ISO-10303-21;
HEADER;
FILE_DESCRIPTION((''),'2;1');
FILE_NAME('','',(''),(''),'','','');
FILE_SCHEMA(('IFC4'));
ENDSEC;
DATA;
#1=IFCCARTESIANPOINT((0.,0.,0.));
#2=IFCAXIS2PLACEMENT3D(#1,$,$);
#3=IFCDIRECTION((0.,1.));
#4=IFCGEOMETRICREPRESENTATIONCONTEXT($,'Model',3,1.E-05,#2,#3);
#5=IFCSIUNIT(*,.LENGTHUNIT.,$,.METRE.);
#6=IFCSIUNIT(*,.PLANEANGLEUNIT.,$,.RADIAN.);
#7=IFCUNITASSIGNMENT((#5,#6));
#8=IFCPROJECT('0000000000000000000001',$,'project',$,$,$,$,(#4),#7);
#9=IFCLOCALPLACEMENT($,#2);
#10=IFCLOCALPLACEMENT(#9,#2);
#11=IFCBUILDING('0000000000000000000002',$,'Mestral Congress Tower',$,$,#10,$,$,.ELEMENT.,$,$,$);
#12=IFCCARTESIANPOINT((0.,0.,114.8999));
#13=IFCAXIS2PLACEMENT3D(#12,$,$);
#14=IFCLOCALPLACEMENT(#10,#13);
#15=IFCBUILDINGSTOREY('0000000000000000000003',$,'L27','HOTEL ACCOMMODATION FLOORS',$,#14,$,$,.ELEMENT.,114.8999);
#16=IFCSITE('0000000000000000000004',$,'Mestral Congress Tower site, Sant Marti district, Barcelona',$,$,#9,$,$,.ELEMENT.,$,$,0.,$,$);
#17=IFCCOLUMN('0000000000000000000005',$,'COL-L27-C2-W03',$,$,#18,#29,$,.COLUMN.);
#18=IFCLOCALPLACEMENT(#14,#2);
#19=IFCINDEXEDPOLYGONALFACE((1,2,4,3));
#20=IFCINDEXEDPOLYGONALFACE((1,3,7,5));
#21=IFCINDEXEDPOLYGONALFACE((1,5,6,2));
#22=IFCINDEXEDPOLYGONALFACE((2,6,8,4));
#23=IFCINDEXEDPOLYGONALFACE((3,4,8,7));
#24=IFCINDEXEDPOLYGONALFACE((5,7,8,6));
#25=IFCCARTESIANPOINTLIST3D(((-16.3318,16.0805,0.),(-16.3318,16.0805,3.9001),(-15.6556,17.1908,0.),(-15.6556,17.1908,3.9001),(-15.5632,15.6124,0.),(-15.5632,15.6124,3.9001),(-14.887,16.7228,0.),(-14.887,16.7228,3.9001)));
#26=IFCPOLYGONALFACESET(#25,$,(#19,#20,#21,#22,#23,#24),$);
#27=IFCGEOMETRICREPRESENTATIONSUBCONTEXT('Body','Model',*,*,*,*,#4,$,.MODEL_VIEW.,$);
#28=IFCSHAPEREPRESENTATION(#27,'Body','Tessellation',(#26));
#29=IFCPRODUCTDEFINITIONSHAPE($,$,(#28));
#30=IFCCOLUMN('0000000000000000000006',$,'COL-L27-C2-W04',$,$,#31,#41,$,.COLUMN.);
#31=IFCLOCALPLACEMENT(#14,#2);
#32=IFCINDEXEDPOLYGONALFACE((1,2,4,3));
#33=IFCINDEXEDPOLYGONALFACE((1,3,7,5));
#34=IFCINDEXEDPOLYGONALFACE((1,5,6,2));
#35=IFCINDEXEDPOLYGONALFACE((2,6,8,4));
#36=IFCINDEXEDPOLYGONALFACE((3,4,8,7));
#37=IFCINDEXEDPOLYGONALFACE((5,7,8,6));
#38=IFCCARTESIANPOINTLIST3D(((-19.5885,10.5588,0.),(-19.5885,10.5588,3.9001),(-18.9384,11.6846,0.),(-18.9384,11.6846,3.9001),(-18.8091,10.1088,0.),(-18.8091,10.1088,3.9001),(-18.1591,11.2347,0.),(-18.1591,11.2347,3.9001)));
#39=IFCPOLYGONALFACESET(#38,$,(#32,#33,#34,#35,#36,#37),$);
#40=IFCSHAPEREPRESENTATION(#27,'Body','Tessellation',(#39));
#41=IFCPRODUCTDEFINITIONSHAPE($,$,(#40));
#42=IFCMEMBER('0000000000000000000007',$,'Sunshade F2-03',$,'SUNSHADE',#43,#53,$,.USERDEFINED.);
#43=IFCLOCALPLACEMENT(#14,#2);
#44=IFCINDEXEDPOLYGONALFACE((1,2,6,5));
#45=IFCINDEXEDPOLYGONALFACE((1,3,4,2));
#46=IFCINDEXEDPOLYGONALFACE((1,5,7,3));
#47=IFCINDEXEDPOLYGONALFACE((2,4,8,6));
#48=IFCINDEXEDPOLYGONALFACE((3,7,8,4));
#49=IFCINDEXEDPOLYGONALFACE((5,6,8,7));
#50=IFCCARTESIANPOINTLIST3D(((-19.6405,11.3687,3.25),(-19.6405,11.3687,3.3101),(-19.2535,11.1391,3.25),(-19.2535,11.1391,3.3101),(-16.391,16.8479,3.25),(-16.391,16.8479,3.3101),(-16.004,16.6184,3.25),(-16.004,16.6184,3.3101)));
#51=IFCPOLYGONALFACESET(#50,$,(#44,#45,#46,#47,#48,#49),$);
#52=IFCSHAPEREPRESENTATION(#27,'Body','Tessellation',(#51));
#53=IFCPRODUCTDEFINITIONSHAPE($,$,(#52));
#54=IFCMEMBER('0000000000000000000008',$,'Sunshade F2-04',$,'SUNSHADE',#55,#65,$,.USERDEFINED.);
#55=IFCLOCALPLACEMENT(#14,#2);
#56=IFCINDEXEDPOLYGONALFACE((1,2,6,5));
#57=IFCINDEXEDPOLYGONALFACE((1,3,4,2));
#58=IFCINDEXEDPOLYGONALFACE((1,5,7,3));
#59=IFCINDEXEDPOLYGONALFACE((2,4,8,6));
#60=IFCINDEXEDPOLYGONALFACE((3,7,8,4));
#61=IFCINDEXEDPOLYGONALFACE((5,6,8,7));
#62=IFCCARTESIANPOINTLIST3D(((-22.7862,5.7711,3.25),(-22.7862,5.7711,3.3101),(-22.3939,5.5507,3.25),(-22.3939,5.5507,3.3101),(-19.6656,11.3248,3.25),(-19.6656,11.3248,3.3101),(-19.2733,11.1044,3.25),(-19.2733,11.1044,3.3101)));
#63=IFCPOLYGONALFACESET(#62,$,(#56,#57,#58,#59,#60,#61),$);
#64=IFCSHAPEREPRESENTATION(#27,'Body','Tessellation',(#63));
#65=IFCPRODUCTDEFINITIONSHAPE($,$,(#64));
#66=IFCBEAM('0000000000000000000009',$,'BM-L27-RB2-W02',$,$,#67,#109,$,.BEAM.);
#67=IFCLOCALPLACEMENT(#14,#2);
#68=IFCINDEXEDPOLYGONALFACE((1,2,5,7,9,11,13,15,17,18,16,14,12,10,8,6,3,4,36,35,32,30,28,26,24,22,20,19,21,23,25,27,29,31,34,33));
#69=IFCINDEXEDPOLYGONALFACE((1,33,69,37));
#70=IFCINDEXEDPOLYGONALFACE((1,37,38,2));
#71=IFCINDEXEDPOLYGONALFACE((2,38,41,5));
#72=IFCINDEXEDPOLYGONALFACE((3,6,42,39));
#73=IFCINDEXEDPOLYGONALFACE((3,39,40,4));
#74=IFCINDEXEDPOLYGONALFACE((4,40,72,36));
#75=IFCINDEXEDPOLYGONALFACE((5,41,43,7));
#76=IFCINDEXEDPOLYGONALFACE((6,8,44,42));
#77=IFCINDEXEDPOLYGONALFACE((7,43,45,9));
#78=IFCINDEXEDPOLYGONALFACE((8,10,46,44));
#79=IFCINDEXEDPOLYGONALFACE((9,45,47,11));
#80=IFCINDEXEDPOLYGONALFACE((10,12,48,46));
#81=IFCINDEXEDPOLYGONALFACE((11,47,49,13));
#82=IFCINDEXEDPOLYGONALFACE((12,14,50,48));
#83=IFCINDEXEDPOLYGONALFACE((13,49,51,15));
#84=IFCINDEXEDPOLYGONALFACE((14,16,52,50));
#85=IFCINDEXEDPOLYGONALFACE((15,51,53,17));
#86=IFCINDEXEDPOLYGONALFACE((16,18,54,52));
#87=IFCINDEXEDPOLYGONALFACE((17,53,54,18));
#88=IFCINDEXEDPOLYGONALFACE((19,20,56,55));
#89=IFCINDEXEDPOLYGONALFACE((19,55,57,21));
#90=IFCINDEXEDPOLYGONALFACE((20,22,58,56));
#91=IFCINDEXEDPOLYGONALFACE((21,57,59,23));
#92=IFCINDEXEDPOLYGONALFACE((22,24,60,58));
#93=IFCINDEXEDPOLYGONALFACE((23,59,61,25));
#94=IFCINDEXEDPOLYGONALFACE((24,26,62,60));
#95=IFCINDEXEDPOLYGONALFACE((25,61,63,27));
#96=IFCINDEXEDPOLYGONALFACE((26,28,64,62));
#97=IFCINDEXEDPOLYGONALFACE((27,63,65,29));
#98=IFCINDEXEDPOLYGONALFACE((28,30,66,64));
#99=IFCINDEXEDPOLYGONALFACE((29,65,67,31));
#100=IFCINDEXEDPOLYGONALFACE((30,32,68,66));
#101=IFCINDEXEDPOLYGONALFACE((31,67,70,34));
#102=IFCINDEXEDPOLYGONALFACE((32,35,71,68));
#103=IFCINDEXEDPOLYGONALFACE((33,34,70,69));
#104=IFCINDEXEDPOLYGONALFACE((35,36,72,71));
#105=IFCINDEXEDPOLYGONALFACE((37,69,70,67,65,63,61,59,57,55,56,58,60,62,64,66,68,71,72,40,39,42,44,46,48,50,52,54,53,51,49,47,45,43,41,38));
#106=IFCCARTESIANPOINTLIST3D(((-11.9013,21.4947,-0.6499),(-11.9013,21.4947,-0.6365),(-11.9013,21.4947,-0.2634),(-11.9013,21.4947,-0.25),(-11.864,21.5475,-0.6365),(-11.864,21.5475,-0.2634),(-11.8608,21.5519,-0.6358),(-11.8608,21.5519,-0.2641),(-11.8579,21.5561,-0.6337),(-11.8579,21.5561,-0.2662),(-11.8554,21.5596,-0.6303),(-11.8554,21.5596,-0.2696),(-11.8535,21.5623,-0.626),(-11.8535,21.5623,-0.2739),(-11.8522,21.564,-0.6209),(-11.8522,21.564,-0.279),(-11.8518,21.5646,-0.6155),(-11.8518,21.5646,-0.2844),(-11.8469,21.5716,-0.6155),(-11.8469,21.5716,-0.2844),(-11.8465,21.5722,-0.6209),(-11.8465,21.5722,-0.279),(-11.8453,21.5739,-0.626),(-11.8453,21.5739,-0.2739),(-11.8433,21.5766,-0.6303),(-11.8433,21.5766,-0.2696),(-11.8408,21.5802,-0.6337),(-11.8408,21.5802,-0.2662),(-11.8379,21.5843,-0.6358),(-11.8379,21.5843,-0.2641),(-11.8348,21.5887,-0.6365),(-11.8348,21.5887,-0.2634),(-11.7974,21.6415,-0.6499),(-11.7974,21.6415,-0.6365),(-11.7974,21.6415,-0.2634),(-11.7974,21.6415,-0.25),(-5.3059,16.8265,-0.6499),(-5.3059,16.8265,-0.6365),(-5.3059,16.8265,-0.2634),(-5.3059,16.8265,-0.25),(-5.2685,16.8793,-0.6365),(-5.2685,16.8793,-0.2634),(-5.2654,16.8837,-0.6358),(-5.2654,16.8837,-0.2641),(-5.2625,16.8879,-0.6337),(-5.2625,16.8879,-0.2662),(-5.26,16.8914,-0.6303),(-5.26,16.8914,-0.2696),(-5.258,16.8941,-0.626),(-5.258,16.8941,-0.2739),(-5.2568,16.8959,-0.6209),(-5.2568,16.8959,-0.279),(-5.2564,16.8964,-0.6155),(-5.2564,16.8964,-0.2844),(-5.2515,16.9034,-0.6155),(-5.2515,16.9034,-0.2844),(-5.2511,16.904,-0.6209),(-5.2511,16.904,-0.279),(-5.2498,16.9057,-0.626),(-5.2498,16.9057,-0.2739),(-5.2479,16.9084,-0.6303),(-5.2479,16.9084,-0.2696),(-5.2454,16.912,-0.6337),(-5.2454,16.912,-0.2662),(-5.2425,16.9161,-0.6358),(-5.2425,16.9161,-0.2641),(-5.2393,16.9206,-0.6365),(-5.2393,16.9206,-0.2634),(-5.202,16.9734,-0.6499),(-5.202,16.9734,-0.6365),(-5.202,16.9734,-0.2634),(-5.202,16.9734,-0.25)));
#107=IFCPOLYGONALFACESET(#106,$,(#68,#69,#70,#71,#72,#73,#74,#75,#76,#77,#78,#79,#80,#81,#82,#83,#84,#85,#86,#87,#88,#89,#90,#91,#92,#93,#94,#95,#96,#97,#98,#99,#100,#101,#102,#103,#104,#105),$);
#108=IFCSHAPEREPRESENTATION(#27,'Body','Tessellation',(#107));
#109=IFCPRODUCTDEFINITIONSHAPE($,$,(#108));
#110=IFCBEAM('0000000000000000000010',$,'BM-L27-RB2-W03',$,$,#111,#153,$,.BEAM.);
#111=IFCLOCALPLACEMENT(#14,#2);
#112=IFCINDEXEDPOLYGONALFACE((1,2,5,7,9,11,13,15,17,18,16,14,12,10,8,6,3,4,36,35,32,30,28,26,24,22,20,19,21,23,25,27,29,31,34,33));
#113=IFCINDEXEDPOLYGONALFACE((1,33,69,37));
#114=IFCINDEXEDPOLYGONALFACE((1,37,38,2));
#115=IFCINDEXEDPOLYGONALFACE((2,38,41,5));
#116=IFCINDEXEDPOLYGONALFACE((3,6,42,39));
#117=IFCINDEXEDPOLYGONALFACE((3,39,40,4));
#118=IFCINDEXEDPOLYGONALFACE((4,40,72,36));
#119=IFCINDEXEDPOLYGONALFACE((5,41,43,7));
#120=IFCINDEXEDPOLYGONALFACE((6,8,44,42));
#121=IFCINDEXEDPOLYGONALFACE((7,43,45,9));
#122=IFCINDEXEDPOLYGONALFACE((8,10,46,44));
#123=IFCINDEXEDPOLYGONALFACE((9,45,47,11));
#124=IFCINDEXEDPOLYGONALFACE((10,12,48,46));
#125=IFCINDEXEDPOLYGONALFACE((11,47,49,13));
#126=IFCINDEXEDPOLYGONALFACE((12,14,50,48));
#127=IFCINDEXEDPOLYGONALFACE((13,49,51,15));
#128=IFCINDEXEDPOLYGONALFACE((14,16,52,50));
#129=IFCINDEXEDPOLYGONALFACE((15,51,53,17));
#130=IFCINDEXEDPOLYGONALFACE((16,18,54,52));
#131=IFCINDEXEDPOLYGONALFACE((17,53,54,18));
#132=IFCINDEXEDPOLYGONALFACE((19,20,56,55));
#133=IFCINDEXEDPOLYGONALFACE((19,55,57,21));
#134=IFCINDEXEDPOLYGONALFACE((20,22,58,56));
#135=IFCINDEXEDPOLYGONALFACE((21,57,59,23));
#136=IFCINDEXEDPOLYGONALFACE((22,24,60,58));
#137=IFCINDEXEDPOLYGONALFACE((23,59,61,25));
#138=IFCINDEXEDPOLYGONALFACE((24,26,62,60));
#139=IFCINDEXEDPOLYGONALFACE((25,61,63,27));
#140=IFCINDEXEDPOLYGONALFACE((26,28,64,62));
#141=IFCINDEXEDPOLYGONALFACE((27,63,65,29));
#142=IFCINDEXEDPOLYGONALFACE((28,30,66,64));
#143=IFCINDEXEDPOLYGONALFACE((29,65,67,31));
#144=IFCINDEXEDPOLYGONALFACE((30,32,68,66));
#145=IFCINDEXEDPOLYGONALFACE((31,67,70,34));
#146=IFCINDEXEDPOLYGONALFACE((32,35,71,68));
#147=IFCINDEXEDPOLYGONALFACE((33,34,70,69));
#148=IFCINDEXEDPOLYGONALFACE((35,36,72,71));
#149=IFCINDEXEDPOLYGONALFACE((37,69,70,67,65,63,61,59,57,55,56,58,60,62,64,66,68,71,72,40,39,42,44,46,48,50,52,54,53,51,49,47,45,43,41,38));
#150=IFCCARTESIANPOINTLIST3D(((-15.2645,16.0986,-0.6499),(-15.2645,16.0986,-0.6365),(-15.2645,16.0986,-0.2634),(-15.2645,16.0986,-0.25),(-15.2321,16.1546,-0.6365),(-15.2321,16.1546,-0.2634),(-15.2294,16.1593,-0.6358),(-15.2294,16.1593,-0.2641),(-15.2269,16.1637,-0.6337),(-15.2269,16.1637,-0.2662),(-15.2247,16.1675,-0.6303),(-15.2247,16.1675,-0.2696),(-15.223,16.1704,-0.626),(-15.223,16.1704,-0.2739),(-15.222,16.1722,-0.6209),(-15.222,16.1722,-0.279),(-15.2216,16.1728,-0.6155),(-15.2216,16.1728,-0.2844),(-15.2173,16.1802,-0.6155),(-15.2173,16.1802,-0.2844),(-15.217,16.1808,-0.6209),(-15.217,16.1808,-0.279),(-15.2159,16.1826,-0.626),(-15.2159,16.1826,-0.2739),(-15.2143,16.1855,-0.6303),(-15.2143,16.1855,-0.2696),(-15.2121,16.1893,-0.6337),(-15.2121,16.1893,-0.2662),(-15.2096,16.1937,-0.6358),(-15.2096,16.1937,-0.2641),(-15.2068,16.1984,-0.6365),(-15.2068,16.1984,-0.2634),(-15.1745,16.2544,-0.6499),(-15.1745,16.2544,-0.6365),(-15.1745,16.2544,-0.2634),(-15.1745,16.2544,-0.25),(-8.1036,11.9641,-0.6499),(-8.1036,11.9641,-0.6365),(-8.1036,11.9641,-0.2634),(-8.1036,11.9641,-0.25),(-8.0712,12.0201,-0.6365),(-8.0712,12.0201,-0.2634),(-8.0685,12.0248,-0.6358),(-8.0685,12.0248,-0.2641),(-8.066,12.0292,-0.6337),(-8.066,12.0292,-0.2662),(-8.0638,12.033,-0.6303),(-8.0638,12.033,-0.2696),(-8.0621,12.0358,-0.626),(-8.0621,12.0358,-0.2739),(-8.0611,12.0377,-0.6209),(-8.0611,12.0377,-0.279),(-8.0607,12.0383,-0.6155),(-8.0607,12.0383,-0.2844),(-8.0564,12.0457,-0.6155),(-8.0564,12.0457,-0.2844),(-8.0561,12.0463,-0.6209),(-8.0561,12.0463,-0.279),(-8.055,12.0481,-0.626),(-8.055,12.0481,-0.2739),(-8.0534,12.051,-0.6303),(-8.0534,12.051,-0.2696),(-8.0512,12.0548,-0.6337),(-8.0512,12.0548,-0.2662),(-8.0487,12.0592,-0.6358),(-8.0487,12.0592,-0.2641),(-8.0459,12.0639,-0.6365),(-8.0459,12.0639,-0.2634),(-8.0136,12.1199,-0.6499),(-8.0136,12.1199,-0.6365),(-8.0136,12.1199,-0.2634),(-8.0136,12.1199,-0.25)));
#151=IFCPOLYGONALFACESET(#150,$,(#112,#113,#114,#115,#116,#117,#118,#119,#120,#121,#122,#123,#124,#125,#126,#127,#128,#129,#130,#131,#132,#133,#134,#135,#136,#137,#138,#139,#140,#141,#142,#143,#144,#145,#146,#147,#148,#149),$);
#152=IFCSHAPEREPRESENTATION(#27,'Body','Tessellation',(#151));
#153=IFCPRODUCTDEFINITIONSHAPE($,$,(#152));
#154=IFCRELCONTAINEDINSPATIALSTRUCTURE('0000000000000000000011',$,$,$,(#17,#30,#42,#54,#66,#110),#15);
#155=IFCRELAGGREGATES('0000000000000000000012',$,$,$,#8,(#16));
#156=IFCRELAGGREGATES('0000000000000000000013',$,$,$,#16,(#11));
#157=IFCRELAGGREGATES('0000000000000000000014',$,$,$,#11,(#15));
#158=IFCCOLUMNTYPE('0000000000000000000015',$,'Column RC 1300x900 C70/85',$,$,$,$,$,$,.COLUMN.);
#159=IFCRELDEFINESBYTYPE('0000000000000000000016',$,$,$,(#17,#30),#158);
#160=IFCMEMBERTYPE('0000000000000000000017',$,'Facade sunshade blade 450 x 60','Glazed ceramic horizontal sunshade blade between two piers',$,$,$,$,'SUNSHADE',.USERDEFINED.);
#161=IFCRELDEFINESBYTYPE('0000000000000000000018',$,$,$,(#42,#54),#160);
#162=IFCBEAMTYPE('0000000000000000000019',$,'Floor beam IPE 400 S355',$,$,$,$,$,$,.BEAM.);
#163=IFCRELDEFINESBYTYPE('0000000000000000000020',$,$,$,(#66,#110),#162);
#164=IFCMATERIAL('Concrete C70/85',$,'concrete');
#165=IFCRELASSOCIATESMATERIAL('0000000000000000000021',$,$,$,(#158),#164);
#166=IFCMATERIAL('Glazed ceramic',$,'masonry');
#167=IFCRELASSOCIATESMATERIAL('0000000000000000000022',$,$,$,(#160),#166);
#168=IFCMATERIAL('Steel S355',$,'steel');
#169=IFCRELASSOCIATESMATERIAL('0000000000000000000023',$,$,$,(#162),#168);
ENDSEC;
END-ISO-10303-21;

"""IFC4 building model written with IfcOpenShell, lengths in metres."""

from ifc_helpers import new_model, si_unit, direction, frame, origin, origin_2d, place, context, subcontext, project, spatial, rectangle, i_section, extrude, material, material_profile, profile_set, type_object, element, save


model = new_model("IFC4")

# Units and contexts
model_context = context("Model", 3, precision=1e-05, world=origin(), true_north=direction((0.0, 1.0)))
body_context = subcontext(model_context, "Body", "Model", "MODEL_VIEW")
ifc_project = project(units=[si_unit("LENGTHUNIT", "METRE"), si_unit("PLANEANGLEUNIT", "RADIAN")], contexts=[model_context])

# Site, building, storey
site_placement = place(None, origin())
site = spatial("IfcSite", under=ifc_project, at=site_placement, Name="Mestral Congress Tower site, Sant Marti district, Barcelona", CompositionType="ELEMENT", RefElevation=0.0)
building_placement = place(site_placement, origin())
building = spatial("IfcBuilding", under=site, at=building_placement, Name="Mestral Congress Tower", CompositionType="ELEMENT")
storey_placement = place(building_placement, frame((0.0, 0.0, 114.8999)))
storey = spatial("IfcBuildingStorey", under=building, at=storey_placement, Name="L27", Description="HOTEL ACCOMMODATION FLOORS", CompositionType="ELEMENT", Elevation=114.8999)

# Columns
ifc_material_1 = material(Name="Concrete C70/85", Category="concrete")
ifc_material_profile_1 = material_profile(ifc_material_1, rectangle(XDim=1.3, YDim=0.8999, at=origin_2d()), Name="RC 1300x900")
ifc_profile_set_1 = profile_set([ifc_material_profile_1], Name="Concrete C70/85")
column_type = type_object("IfcColumnType", Name="Column RC 1300x900 C70/85", PredefinedType="COLUMN", material=ifc_profile_set_1)
for number, where, z_axis, x_axis, name in (
    (1, (-15.6094, 16.4016, 0.0), (0.0, 0.0, 1.0), (-0.520114, -0.854097, 0.0), "COL-L27-C2-W03"),
    (2, (-18.8738, 10.8967, 0.0), (0.0, 0.0, 1.0), (-0.5, -0.866025, 0.0), "COL-L27-C2-W04"),
):
    element("IfcColumn", number, at=place(storey_placement, frame(where, z_axis=z_axis, x_axis=x_axis)), inside=storey, type_object=column_type, Name=name, PredefinedType="COLUMN", context=body_context, shape_type="SweptSolid", body=[
        extrude(rectangle(XDim=1.3, YDim=0.8999, at=origin_2d()), origin(), (0.0, 0.0, 1.0), 3.9001),
    ])

# Members
ifc_material_2 = material(Name="Glazed ceramic", Category="masonry")
ifc_material_profile_2 = material_profile(ifc_material_2, rectangle(XDim=0.45, YDim=0.0601, at=origin_2d()), Name="Ceramic blade 450 x 60")
ifc_profile_set_2 = profile_set([ifc_material_profile_2], Name="Glazed ceramic")
member_type = type_object("IfcMemberType", Name="Facade sunshade blade 450 x 60", Description="Glazed ceramic horizontal sunshade blade between two piers", ElementType="SUNSHADE", PredefinedType="USERDEFINED", material=ifc_profile_set_2)
for number, where, z_axis, x_axis, name in (
    (3, (-16.1975, 16.7332, 3.28), (-0.510099, -0.860116, 0.0), (0.860116, -0.510099, 0.0), "Sunshade F2-03"),
    (4, (-19.4695, 11.2146, 3.28), (-0.489861, -0.871801, 0.0), (0.871801, -0.489861, 0.0), "Sunshade F2-04"),
):
    element("IfcMember", number, at=place(storey_placement, frame(where, z_axis=z_axis, x_axis=x_axis)), inside=storey, type_object=member_type, Name=name, ObjectType="SUNSHADE", PredefinedType="USERDEFINED", context=body_context, shape_type="SweptSolid", body=[
        extrude(rectangle(XDim=0.45, YDim=0.0601, at=origin_2d()), origin(), (0.0, 0.0, 1.0), 6.3704),
    ])

# Beams
ifc_material_3 = material(Name="Steel S355", Category="steel")
ifc_material_profile_3 = material_profile(ifc_material_3, i_section(OverallWidth=0.1799, OverallDepth=0.3999, WebThickness=0.0085, FlangeThickness=0.0134, FilletRadius=0.021, at=origin_2d()), Name="IPE 400")
ifc_profile_set_3 = profile_set([ifc_material_profile_3], Name="Steel S355")
beam_type_1 = type_object("IfcBeamType", Name="Floor beam IPE 400 S355", PredefinedType="BEAM", material=ifc_profile_set_3)
beam_1_placement = place(storey_placement, frame((-11.8494, 21.5681, -0.45), z_axis=(0.816233, -0.577723, 0.0), x_axis=(0.577723, 0.816233, 0.0)))
element("IfcBeam", 5, at=beam_1_placement, inside=storey, type_object=beam_type_1, Name="BM-L27-RB2-W02", PredefinedType="BEAM", context=body_context, shape_type="SweptSolid", body=[
    extrude(i_section(OverallWidth=0.1799, OverallDepth=0.3999, WebThickness=0.0085, FlangeThickness=0.0134, FilletRadius=0.021, at=origin_2d()), origin(), (0.0, 0.0, 1.0), 8.0803),
])
beam_2_placement = place(storey_placement, frame((-15.2195, 16.1765, -0.45), z_axis=(0.866016, -0.500016, 0.0), x_axis=(0.500016, 0.866016, 0.0)))
element("IfcBeam", 6, at=beam_2_placement, inside=storey, type_object=beam_type_1, Name="BM-L27-RB2-W03", PredefinedType="BEAM", context=body_context, shape_type="SweptSolid", body=[
    extrude(i_section(OverallWidth=0.1799, OverallDepth=0.3999, WebThickness=0.0085, FlangeThickness=0.0134, FilletRadius=0.021, at=origin_2d()), origin(), (0.0, 0.0, 1.0), 8.2688),
])

save(model, "model.ifc")
